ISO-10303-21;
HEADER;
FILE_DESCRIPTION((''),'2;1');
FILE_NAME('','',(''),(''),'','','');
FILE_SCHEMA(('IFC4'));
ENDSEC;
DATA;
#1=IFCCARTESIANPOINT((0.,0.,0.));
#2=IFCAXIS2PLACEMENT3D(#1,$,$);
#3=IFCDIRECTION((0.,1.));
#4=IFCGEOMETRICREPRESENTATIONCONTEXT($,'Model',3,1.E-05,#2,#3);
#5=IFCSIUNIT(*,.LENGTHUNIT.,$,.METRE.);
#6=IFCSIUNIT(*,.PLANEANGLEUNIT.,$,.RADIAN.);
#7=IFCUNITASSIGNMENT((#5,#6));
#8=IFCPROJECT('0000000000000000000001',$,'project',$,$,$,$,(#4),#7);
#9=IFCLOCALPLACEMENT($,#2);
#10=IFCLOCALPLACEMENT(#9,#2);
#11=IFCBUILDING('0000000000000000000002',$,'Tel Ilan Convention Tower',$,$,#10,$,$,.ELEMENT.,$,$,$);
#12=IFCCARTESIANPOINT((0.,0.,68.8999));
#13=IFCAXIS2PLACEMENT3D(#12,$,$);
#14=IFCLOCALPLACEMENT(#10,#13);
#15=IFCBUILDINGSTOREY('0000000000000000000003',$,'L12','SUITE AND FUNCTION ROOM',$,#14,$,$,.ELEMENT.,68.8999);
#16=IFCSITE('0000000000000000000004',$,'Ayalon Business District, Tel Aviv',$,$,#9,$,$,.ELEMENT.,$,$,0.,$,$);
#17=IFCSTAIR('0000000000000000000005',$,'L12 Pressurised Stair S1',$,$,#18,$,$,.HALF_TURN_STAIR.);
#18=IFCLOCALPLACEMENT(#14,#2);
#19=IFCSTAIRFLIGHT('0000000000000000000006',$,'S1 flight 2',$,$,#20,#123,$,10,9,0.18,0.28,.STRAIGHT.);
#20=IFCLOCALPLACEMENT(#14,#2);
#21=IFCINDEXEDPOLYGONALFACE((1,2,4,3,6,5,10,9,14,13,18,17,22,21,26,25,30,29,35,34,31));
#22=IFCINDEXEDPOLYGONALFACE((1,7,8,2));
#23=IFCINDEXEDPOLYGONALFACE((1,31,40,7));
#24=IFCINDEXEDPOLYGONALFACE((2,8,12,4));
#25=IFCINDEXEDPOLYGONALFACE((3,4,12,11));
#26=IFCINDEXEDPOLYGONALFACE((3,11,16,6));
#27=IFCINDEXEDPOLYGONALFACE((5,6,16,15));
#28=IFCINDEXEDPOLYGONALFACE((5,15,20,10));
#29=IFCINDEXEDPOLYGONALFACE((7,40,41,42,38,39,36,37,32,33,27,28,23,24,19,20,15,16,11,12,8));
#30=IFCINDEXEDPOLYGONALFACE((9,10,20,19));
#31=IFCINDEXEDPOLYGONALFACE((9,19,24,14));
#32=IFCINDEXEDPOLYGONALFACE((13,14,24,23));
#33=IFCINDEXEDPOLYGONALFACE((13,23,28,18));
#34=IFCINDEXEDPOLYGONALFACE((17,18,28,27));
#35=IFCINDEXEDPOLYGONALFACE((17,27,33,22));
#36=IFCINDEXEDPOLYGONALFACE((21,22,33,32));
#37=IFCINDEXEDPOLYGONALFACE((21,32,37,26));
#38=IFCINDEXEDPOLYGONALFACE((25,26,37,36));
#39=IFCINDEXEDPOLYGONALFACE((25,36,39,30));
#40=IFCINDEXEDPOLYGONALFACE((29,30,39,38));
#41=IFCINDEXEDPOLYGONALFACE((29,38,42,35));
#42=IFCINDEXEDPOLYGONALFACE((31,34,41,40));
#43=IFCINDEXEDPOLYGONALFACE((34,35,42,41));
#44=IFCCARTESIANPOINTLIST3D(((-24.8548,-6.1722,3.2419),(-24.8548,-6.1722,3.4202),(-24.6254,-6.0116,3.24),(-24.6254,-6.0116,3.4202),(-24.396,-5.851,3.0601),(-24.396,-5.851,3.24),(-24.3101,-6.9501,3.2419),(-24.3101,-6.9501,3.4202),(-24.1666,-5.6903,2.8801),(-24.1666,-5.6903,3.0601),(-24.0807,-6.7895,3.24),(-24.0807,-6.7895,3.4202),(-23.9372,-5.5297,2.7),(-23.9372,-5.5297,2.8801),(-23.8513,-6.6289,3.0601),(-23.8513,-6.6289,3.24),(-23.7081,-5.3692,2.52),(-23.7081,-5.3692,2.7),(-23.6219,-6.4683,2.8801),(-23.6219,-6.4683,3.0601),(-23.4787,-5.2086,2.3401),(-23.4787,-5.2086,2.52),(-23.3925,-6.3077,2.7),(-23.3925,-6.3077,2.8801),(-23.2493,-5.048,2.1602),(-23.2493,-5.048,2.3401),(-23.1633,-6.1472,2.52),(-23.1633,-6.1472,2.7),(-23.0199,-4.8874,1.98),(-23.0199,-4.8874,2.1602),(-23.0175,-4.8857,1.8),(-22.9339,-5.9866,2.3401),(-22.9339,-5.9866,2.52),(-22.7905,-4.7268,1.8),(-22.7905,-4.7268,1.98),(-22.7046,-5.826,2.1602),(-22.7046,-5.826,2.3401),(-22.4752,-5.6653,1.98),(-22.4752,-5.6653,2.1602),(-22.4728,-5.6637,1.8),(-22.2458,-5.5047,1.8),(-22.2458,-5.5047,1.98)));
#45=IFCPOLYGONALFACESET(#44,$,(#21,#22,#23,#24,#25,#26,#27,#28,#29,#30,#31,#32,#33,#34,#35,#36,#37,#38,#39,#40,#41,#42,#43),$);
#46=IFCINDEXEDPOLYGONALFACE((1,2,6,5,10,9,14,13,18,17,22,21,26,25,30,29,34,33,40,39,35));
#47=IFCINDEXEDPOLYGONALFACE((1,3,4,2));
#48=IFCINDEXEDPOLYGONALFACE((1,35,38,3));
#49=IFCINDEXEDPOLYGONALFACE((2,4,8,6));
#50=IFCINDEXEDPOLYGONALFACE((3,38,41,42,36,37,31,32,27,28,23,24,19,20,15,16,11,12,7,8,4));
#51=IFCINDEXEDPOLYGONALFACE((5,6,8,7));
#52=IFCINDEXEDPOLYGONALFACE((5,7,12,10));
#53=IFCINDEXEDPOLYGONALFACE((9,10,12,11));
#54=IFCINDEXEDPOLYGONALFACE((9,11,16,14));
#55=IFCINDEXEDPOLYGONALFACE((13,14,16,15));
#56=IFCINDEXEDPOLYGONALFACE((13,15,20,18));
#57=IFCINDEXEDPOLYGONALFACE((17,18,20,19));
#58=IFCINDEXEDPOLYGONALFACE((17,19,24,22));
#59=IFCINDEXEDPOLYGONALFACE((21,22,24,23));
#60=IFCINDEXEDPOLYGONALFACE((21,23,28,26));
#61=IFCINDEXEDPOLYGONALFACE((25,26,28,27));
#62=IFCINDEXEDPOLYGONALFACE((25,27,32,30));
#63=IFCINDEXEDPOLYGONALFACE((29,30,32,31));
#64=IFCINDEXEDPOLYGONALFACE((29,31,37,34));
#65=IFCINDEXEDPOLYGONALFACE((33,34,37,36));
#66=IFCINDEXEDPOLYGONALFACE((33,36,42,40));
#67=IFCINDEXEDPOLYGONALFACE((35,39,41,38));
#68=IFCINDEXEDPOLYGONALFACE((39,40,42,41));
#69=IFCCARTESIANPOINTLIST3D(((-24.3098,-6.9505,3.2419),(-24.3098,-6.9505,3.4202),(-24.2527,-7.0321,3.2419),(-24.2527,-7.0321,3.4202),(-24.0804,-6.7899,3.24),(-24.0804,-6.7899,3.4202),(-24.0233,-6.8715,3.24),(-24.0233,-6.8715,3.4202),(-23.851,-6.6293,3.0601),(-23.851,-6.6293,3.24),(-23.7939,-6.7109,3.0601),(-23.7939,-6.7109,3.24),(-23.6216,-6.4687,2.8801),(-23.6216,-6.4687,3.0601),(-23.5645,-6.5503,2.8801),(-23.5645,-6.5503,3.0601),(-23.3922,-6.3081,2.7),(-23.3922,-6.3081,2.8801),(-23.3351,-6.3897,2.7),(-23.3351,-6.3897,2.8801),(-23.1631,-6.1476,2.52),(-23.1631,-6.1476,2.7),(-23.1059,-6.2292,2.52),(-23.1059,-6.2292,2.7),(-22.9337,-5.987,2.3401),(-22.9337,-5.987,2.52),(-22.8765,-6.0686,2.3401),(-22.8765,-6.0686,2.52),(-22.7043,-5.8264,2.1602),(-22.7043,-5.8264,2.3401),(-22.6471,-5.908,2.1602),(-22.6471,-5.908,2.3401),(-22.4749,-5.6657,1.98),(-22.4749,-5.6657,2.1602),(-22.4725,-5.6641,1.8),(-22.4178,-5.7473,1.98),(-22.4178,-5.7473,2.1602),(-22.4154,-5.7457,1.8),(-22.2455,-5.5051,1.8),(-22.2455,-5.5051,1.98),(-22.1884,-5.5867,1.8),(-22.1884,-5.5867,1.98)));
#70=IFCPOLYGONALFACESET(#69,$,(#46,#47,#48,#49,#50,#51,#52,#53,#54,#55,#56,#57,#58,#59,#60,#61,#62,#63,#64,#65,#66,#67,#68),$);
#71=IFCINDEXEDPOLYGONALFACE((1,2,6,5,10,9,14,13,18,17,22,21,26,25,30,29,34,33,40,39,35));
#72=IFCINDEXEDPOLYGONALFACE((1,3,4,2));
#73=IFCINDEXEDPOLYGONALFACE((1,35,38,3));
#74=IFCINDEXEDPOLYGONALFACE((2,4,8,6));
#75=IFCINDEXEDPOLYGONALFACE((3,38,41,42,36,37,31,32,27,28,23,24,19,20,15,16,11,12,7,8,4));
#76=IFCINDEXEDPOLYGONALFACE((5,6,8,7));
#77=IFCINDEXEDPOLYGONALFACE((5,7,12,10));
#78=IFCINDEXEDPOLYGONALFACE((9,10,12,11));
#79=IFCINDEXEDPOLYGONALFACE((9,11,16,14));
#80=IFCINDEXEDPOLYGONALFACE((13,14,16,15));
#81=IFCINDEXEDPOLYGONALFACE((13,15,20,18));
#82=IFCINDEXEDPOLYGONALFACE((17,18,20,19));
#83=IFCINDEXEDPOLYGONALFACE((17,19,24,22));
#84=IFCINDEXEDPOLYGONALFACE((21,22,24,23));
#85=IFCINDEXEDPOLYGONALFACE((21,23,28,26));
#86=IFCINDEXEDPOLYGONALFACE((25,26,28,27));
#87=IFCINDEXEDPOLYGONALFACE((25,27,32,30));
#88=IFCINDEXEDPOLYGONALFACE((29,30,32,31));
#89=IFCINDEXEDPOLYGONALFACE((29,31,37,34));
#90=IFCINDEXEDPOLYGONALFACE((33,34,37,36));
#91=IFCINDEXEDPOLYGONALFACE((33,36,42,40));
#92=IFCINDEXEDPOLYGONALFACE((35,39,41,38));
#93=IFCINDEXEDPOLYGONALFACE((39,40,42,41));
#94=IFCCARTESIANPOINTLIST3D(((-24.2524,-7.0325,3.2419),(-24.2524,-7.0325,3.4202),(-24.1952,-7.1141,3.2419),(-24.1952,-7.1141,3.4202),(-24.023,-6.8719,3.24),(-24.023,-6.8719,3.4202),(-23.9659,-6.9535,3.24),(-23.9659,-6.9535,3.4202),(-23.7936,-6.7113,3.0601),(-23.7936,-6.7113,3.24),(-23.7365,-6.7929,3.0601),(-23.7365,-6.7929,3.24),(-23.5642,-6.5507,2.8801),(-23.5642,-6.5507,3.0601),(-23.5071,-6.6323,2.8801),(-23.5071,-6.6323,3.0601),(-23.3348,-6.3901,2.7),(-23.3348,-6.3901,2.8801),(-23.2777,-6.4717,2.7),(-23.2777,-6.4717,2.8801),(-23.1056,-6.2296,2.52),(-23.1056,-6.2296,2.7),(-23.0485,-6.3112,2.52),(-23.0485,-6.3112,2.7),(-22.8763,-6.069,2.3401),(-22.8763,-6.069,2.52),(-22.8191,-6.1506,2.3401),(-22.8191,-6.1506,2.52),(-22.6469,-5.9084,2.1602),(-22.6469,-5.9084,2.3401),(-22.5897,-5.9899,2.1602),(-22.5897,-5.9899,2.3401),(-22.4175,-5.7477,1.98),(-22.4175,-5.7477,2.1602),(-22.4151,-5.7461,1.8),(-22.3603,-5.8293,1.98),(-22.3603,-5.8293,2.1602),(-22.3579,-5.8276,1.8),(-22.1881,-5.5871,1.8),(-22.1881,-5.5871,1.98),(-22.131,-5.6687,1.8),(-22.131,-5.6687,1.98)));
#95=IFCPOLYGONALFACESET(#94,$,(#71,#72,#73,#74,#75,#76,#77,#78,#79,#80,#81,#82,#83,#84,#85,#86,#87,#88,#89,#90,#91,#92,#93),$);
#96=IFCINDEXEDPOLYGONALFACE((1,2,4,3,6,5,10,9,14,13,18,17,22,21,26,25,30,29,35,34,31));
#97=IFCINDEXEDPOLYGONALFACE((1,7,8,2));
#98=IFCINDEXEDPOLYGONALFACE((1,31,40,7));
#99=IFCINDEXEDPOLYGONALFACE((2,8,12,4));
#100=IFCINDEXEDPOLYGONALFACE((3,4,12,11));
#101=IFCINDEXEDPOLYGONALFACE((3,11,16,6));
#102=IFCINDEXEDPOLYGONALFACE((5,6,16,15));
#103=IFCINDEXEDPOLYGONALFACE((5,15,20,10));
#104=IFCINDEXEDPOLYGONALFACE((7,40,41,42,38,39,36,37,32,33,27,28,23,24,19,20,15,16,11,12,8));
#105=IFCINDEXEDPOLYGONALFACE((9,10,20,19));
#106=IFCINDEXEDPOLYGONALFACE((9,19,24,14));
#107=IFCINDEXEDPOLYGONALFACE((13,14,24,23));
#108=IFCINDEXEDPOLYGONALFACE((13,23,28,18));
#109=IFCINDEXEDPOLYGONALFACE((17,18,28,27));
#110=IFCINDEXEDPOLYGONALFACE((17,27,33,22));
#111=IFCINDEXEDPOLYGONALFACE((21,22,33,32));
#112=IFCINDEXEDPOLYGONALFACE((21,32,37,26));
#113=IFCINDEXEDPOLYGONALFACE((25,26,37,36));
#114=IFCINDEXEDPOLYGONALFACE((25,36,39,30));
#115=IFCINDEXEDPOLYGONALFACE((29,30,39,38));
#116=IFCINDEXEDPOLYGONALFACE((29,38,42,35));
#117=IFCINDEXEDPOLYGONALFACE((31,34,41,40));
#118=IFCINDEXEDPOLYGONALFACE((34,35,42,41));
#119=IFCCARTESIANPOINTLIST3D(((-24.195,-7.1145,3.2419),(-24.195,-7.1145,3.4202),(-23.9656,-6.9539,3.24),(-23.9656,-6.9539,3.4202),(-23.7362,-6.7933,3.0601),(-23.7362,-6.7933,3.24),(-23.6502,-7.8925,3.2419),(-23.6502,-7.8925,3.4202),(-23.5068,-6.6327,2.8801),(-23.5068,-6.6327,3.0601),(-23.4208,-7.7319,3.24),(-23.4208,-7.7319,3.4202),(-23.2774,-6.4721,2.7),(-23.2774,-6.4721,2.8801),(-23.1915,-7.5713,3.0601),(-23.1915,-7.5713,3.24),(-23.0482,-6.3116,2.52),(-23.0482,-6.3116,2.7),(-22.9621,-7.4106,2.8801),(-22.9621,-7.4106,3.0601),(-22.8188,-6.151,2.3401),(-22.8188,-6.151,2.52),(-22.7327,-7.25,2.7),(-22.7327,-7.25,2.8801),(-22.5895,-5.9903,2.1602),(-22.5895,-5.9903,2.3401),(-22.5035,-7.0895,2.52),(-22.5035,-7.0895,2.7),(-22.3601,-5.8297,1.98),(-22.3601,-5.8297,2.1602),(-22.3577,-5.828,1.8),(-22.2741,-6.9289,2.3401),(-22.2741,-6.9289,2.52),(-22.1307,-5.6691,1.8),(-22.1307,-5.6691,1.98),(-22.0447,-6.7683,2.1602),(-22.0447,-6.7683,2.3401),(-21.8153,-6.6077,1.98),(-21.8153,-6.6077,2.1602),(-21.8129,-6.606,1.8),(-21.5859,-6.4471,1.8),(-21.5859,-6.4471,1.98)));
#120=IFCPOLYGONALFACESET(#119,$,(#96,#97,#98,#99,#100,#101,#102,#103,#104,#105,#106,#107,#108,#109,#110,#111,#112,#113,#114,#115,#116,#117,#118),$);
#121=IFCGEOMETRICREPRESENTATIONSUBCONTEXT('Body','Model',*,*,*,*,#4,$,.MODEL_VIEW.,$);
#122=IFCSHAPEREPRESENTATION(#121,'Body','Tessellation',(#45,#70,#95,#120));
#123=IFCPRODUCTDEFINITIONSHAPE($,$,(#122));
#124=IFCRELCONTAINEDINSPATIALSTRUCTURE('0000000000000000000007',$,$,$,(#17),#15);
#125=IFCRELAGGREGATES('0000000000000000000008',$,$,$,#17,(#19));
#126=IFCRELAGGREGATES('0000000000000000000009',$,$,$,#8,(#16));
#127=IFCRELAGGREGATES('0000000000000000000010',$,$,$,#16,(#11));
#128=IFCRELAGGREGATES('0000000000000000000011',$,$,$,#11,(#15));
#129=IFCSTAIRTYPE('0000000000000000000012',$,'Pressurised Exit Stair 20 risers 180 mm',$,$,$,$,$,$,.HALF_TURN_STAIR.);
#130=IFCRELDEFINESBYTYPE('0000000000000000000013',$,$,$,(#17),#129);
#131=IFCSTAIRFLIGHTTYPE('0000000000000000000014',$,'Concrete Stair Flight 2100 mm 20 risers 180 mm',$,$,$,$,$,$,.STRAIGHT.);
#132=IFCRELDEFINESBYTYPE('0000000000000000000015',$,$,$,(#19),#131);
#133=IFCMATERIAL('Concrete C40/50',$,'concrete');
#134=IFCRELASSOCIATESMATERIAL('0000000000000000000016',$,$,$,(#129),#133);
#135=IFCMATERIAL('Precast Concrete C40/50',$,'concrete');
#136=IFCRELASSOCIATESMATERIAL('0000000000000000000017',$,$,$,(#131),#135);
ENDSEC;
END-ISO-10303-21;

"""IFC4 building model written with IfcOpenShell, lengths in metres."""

from ifc_helpers import new_model, si_unit, direction, frame, origin, place, context, subcontext, project, spatial, polyline, outline, extrude, material, type_object, element, aggregate, save


model = new_model("IFC4")

# Units and contexts
model_context = context("Model", 3, precision=1e-05, world=origin(), true_north=direction((0.0, 1.0)))
body_context = subcontext(model_context, "Body", "Model", "MODEL_VIEW")
ifc_project = project(units=[si_unit("LENGTHUNIT", "METRE"), si_unit("PLANEANGLEUNIT", "RADIAN")], contexts=[model_context])

# Site, building, storey
site_placement = place(None, origin())
site = spatial("IfcSite", under=ifc_project, at=site_placement, Name="Ayalon Business District, Tel Aviv", CompositionType="ELEMENT", RefElevation=0.0)
building_placement = place(site_placement, origin())
building = spatial("IfcBuilding", under=site, at=building_placement, Name="Tel Ilan Convention Tower", CompositionType="ELEMENT")
storey_placement = place(building_placement, frame((0.0, 0.0, 68.8999)))
storey = spatial("IfcBuildingStorey", under=building, at=storey_placement, Name="L12", Description="SUITE AND FUNCTION ROOM", CompositionType="ELEMENT", Elevation=68.8999)

# Stair, stair flight
ifc_material_1 = material(Name="Concrete C40/50", Category="concrete")
stair_type = type_object("IfcStairType", Name="Pressurised Exit Stair 20 risers 180 mm", PredefinedType="HALF_TURN_STAIR", material=ifc_material_1)
stair_1_placement = place(storey_placement, origin())
stair_1 = element("IfcStair", 1, at=stair_1_placement, inside=storey, type_object=stair_type, Name="L12 Pressurised Stair S1", PredefinedType="HALF_TURN_STAIR")
ifc_material_2 = material(Name="Precast Concrete C40/50", Category="concrete")
stair_flight_type = type_object("IfcStairFlightType", Name="Concrete Stair Flight 2100 mm 20 risers 180 mm", PredefinedType="STRAIGHT", material=ifc_material_2)
stair_flight_1_placement = place(storey_placement, frame((-22.1882, -5.5869, 1.8), z_axis=(0.0, 0.0, 1.0), x_axis=(-0.819152, -0.573576, 0.0)))
stair_flight_1 = element("IfcStairFlight", 2, at=stair_flight_1_placement, type_object=stair_flight_type, Name="S1 flight 2", NumberOfRisers=10, NumberOfTreads=9, PredefinedType="STRAIGHT", RiserHeight=0.18, TreadLength=0.28, context=body_context, shape_type="SweptSolid", body=[
    extrude(outline(polyline([(0.0, 0.0), (0.0, 0.1799), (0.28, 0.1799), (0.28, 0.3601), (0.5601, 0.3601), (0.5601, 0.54), (0.8401, 0.54), (0.8401, 0.72), (1.1201, 0.72), (1.1201, 0.8999), (1.3999, 0.8999), (1.3999, 1.0801), (1.6799, 1.0801), (1.6799, 1.26), (1.96, 1.26), (1.96, 1.4399), (2.24, 1.4399), (2.24, 1.6201), (2.52, 1.6201), (2.52, 1.8), (2.52, 1.4419), (0.2771, 0.0), (0.0, 0.0)])), frame((0.0, -0.1003, 0.0), z_axis=(0.0, -1.0, 0.0), x_axis=(1.0, 0.0, 0.0)), (0.0, 0.0, 1.0), 0.9497),
    extrude(outline(polyline([(0.0, 0.0), (0.0, 0.1799), (0.28, 0.1799), (0.28, 0.3601), (0.5601, 0.3601), (0.5601, 0.54), (0.8401, 0.54), (0.8401, 0.72), (1.1201, 0.72), (1.1201, 0.8999), (1.3999, 0.8999), (1.3999, 1.0801), (1.6799, 1.0801), (1.6799, 1.26), (1.96, 1.26), (1.96, 1.4399), (2.24, 1.4399), (2.24, 1.6201), (2.52, 1.6201), (2.52, 1.8), (2.52, 1.4419), (0.2771, 0.0), (0.0, 0.0)])), frame((0.0, -0.0002, 0.0), z_axis=(0.0, -1.0, 0.0), x_axis=(1.0, 0.0, 0.0)), (0.0, 0.0, 1.0), 0.0996),
    extrude(outline(polyline([(0.0, 0.0), (0.0, 0.1799), (0.28, 0.1799), (0.28, 0.3601), (0.5601, 0.3601), (0.5601, 0.54), (0.8401, 0.54), (0.8401, 0.72), (1.1201, 0.72), (1.1201, 0.8999), (1.3999, 0.8999), (1.3999, 1.0801), (1.6799, 1.0801), (1.6799, 1.26), (1.96, 1.26), (1.96, 1.4399), (2.24, 1.4399), (2.24, 1.6201), (2.52, 1.6201), (2.52, 1.8), (2.52, 1.4419), (0.2771, 0.0), (0.0, 0.0)])), frame((0.0, 0.0999, 0.0), z_axis=(0.0, -1.0, 0.0), x_axis=(1.0, 0.0, 0.0)), (0.0, 0.0, 1.0), 0.0996),
    extrude(outline(polyline([(0.0, 0.0), (0.0, 0.1799), (0.28, 0.1799), (0.28, 0.3601), (0.5601, 0.3601), (0.5601, 0.54), (0.8401, 0.54), (0.8401, 0.72), (1.1201, 0.72), (1.1201, 0.8999), (1.3999, 0.8999), (1.3999, 1.0801), (1.6799, 1.0801), (1.6799, 1.26), (1.96, 1.26), (1.96, 1.4399), (2.24, 1.4399), (2.24, 1.6201), (2.52, 1.6201), (2.52, 1.8), (2.52, 1.4419), (0.2771, 0.0), (0.0, 0.0)])), frame((0.0, 1.05, 0.0), z_axis=(0.0, -1.0, 0.0), x_axis=(1.0, 0.0, 0.0)), (0.0, 0.0, 1.0), 0.9497),
])
aggregate(stair_1, [stair_flight_1])

save(model, "model.ifc")
